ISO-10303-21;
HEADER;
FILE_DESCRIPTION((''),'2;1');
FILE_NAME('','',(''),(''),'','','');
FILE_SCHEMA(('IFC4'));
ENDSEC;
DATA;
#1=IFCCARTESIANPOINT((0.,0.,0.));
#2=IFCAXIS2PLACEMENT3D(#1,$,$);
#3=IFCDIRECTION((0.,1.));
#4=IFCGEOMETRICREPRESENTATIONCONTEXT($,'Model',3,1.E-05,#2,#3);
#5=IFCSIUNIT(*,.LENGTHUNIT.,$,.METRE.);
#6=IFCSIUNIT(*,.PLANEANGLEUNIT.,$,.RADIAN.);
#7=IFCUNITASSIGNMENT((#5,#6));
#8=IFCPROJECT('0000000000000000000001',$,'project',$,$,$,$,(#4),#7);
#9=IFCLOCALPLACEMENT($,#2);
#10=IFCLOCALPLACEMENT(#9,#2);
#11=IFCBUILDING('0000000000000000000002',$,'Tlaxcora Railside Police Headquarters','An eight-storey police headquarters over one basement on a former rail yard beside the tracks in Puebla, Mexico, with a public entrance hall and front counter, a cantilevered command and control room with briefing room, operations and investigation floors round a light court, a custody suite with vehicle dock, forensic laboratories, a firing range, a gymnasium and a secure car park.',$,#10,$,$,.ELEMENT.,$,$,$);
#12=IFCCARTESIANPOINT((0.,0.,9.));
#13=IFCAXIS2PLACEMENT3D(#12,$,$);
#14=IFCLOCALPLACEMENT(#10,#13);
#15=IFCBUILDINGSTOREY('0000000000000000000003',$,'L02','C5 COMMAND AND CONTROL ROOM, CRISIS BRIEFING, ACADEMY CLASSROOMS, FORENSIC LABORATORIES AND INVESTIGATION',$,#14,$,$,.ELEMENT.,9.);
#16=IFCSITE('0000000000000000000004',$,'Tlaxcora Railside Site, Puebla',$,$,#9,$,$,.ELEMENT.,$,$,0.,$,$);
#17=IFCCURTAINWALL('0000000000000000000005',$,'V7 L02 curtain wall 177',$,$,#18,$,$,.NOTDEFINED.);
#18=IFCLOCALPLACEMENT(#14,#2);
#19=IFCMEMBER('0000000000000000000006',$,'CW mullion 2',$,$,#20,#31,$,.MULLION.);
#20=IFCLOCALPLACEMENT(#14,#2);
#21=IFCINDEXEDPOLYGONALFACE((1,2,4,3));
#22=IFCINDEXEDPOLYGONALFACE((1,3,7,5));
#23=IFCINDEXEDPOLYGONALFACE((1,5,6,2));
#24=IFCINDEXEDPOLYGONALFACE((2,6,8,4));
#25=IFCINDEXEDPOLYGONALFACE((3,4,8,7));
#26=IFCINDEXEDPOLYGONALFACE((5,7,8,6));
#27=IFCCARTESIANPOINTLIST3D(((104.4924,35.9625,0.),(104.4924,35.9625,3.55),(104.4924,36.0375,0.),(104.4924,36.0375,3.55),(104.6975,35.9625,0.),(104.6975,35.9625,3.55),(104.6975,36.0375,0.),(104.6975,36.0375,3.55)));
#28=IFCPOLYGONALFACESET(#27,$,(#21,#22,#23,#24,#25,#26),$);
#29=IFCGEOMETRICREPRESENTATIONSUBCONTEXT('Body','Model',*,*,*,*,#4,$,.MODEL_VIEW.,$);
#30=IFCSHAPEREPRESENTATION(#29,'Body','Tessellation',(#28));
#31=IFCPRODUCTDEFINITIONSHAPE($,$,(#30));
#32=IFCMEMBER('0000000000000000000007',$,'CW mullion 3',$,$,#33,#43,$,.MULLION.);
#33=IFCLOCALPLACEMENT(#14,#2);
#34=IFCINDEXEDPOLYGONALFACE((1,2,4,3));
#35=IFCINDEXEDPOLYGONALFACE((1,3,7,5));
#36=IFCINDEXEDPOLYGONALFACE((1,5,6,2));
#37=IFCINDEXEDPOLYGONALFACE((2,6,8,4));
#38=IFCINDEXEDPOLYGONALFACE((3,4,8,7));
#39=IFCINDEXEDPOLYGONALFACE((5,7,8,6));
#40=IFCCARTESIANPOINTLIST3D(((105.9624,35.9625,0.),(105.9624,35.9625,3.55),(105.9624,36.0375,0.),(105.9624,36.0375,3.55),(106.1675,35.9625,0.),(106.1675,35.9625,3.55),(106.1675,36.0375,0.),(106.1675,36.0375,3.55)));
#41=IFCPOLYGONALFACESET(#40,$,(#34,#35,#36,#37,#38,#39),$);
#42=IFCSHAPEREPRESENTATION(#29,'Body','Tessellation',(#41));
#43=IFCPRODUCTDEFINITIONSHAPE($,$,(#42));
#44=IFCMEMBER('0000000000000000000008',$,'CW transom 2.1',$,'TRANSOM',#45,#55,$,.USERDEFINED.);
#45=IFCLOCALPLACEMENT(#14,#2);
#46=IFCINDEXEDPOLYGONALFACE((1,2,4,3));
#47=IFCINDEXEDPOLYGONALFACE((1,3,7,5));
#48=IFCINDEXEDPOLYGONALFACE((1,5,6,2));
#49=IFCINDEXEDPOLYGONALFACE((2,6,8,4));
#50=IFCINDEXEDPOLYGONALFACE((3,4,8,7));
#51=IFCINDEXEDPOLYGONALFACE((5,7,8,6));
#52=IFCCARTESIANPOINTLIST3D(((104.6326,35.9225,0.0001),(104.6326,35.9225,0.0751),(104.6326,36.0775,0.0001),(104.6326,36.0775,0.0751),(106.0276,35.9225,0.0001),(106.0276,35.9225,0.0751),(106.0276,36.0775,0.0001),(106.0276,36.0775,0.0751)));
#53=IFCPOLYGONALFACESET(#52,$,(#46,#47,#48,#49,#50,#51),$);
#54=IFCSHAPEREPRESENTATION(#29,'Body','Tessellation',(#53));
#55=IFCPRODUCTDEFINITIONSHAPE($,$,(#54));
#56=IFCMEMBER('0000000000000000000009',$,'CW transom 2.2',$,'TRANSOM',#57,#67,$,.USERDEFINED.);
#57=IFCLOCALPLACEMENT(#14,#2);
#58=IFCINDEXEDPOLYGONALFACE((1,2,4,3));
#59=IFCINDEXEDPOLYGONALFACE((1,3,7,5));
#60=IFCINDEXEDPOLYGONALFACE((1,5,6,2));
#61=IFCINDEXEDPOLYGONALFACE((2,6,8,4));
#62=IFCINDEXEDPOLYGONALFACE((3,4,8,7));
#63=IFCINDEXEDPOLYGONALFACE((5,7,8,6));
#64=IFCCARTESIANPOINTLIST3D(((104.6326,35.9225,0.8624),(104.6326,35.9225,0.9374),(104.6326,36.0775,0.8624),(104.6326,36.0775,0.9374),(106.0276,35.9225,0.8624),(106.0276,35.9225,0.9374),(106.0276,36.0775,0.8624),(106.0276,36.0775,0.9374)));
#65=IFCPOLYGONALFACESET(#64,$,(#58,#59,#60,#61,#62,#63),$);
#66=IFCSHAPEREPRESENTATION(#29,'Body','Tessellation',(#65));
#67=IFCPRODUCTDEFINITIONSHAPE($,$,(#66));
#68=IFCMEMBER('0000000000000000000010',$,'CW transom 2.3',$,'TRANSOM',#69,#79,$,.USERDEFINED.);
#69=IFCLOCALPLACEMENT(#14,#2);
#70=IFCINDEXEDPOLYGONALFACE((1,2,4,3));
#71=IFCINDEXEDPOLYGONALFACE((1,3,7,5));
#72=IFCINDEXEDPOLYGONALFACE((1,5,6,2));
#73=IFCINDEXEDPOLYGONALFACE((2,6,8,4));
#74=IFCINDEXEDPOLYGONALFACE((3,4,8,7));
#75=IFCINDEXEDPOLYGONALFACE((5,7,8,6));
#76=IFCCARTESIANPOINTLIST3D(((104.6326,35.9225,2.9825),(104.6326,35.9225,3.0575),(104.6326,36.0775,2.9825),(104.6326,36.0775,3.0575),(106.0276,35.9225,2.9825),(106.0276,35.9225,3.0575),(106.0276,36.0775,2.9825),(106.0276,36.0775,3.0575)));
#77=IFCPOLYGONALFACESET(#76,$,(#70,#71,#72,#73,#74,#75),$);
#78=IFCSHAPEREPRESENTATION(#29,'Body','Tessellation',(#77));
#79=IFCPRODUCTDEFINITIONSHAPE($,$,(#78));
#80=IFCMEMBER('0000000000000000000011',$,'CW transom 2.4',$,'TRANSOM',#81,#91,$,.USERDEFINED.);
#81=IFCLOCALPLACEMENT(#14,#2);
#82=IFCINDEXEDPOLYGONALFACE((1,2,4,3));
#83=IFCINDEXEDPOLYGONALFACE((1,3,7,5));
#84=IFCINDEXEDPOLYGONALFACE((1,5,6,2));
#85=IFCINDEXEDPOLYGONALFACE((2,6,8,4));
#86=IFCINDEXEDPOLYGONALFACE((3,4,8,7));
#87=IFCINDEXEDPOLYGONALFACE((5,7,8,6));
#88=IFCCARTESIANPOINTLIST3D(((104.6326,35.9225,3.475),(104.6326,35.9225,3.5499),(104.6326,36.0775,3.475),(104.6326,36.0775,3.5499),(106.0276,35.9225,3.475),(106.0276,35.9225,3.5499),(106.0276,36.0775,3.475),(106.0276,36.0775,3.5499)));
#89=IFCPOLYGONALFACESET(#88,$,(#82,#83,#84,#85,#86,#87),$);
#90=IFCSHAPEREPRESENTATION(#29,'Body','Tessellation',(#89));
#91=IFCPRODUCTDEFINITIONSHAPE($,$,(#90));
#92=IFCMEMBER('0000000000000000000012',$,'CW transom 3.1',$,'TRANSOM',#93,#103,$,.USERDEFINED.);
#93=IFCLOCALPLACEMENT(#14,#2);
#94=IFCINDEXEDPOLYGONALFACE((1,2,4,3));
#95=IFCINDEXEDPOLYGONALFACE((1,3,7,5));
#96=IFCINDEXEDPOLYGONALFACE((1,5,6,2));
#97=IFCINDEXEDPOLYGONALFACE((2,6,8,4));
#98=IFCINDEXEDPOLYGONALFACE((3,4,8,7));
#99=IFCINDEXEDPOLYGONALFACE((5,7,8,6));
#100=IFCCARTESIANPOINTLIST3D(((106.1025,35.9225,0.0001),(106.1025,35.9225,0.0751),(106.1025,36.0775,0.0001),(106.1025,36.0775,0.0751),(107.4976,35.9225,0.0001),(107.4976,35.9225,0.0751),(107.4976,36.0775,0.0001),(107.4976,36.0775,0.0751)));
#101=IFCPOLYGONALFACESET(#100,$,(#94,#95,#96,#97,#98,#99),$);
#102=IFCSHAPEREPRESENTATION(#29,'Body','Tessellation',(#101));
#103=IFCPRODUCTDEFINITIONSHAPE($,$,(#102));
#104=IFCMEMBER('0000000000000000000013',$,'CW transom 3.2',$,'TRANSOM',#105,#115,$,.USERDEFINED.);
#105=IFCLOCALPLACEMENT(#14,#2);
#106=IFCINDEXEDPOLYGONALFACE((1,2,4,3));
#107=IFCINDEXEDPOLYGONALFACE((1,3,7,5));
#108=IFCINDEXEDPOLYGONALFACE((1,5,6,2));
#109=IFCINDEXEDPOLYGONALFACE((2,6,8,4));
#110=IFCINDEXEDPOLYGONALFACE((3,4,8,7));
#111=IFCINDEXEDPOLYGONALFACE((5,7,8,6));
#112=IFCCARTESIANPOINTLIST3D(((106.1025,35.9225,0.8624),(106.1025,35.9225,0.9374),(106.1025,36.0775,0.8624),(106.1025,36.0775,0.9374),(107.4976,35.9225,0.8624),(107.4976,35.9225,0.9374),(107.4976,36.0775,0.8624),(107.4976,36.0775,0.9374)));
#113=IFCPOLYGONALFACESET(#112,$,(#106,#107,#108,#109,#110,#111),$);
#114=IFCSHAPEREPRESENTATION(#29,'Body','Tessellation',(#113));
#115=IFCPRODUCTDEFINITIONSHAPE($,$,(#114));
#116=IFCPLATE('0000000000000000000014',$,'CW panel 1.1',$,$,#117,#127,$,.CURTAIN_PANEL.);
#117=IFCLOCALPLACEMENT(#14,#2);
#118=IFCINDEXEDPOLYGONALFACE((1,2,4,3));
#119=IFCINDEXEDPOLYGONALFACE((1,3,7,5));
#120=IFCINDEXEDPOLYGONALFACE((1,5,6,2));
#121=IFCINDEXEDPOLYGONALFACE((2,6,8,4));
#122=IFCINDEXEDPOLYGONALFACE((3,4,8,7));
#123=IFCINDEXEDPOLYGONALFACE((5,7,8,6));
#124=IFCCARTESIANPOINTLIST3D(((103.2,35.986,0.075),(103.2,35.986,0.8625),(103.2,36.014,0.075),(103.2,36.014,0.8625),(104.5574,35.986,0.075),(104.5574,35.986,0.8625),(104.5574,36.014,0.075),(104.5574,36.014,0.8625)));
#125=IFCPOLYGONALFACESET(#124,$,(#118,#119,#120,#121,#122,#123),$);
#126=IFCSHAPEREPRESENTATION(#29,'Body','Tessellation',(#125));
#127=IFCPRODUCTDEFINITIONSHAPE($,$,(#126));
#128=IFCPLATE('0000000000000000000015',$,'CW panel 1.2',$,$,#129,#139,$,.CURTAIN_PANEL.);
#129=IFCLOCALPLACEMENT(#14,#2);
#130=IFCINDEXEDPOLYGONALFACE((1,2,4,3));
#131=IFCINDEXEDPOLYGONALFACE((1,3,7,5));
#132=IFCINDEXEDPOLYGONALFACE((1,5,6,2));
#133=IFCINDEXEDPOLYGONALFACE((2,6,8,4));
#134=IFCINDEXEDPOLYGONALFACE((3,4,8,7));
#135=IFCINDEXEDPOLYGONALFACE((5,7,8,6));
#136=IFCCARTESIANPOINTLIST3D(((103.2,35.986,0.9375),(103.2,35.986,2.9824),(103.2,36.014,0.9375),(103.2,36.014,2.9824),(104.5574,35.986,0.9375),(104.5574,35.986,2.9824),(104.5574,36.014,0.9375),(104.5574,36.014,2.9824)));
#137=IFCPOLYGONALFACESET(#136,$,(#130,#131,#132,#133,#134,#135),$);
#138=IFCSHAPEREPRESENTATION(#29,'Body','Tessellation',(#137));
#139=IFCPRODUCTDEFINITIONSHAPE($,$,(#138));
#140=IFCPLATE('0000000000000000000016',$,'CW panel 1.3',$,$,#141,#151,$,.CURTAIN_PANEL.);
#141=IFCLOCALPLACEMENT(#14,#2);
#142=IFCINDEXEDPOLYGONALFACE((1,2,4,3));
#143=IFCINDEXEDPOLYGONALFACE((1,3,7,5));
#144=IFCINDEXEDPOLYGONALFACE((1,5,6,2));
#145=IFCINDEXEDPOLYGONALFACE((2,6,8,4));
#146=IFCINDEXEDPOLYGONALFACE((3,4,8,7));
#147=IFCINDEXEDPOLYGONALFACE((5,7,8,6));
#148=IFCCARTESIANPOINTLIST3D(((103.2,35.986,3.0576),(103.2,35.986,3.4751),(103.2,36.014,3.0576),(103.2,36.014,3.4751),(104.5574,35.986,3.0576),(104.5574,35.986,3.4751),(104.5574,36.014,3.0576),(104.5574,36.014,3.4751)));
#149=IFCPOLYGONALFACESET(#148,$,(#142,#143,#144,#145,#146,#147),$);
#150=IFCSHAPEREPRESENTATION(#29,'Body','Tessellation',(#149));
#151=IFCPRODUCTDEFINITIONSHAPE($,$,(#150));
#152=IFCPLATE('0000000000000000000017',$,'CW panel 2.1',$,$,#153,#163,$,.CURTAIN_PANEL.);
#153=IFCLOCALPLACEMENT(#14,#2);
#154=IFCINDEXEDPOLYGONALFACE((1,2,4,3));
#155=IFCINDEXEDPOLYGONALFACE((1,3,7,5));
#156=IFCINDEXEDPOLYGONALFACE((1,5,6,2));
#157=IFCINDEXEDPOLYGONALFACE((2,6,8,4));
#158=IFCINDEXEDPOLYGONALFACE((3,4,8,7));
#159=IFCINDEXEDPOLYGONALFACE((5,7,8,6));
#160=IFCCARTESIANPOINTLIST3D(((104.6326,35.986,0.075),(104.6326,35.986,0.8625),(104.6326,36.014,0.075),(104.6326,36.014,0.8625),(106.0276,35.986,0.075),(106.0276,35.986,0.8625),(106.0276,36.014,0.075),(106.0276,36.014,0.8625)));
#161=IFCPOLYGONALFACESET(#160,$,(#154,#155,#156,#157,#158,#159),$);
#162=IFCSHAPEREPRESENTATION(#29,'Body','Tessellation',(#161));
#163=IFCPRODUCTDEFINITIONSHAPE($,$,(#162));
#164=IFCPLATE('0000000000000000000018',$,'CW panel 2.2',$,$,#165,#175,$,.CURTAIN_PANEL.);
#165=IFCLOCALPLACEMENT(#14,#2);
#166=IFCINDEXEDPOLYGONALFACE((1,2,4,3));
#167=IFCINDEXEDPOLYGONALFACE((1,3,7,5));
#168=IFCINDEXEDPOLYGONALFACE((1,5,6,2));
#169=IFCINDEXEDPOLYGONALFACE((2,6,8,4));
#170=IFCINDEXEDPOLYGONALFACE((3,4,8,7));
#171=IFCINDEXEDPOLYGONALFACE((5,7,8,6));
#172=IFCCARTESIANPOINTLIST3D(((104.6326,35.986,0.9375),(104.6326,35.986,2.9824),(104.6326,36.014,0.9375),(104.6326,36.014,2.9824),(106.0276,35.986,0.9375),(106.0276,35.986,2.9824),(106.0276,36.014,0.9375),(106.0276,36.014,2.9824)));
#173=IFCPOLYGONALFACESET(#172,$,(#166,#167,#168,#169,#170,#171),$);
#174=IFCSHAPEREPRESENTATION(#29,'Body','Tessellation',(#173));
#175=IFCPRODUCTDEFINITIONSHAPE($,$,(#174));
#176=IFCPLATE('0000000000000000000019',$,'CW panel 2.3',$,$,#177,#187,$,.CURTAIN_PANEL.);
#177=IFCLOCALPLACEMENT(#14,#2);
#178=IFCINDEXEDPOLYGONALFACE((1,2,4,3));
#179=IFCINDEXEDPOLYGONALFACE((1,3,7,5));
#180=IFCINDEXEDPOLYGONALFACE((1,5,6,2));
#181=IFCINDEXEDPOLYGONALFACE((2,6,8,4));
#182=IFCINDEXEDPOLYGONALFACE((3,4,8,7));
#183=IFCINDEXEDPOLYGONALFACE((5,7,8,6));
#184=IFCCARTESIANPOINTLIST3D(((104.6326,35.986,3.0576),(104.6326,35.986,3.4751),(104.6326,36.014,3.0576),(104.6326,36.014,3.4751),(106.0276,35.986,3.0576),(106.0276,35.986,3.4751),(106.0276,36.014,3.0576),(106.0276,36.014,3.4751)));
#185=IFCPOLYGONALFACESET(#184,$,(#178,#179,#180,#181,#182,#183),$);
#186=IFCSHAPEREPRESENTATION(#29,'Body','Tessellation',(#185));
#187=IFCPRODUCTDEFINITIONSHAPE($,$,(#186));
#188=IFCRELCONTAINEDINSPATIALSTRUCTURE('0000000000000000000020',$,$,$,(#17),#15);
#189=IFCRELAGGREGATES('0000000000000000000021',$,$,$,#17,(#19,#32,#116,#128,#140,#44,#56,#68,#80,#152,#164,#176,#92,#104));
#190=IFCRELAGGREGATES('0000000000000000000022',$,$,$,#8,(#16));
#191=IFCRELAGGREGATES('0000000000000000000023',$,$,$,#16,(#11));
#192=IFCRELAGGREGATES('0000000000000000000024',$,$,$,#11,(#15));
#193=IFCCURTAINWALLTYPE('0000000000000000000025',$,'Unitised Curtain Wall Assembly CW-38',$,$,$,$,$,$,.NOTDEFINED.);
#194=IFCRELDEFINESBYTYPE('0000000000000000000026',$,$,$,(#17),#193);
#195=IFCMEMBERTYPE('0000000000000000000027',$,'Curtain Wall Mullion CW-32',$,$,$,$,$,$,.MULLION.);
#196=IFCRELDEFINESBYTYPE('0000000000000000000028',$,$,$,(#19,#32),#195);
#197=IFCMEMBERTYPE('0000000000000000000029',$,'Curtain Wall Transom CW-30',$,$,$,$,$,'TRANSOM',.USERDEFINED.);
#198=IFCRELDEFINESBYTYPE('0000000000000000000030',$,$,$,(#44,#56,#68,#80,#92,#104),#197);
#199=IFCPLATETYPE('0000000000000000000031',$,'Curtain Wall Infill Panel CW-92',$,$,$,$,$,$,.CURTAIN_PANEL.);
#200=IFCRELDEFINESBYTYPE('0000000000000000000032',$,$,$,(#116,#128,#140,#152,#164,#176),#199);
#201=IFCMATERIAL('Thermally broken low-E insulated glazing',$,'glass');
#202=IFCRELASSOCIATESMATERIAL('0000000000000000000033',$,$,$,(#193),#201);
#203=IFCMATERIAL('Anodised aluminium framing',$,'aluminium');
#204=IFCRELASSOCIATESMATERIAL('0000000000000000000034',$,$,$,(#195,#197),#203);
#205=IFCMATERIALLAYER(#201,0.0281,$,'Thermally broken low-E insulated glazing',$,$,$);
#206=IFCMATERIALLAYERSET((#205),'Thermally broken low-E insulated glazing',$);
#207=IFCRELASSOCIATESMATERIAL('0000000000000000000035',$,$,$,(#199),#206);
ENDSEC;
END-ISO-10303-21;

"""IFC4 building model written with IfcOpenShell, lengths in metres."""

from ifc_helpers import new_model, si_unit, direction, frame, origin, origin_2d, place, context, subcontext, project, spatial, rectangle, extrude, material, layer, layer_set, material_profile, profile_set, type_object, element, aggregate, save


model = new_model("IFC4")

# Units and contexts
model_context = context("Model", 3, precision=1e-05, world=origin(), true_north=direction((0.0, 1.0)))
body_context = subcontext(model_context, "Body", "Model", "MODEL_VIEW")
ifc_project = project(units=[si_unit("LENGTHUNIT", "METRE"), si_unit("PLANEANGLEUNIT", "RADIAN")], contexts=[model_context])

# Site, building, storey
site_placement = place(None, origin())
site = spatial("IfcSite", under=ifc_project, at=site_placement, Name="Tlaxcora Railside Site, Puebla", CompositionType="ELEMENT", RefElevation=0.0)
building_placement = place(site_placement, origin())
building = spatial("IfcBuilding", under=site, at=building_placement, Name="Tlaxcora Railside Police Headquarters", Description="An eight-storey police headquarters over one basement on a former rail yard beside the tracks in Puebla, Mexico, with a public entrance hall and front counter, a cantilevered command and control room with briefing room, operations and investigation floors round a light court, a custody suite with vehicle dock, forensic laboratories, a firing range, a gymnasium and a secure car park.", CompositionType="ELEMENT")
storey_placement = place(building_placement, frame((0.0, 0.0, 9.0)))
storey = spatial("IfcBuildingStorey", under=building, at=storey_placement, Name="L02", Description="C5 COMMAND AND CONTROL ROOM, CRISIS BRIEFING, ACADEMY CLASSROOMS, FORENSIC LABORATORIES AND INVESTIGATION", CompositionType="ELEMENT", Elevation=9.0)

# Curtain wall, members, plates
ifc_material_1 = material(Name="Thermally broken low-E insulated glazing", Category="glass")
curtain_wall_type = type_object("IfcCurtainWallType", Name="Unitised Curtain Wall Assembly CW-38", PredefinedType="NOTDEFINED", material=ifc_material_1)
curtain_wall_placement = place(storey_placement, origin())
curtain_wall = element("IfcCurtainWall", 1, at=curtain_wall_placement, inside=storey, type_object=curtain_wall_type, Name="V7 L02 curtain wall 177", PredefinedType="NOTDEFINED")
ifc_material_2 = material(Name="Anodised aluminium framing", Category="aluminium")
ifc_material_profile_1 = material_profile(ifc_material_2, rectangle(XDim=0.075, YDim=0.2051, at=origin_2d()), Name="AL75X205")
ifc_profile_set_1 = profile_set([ifc_material_profile_1], Name="Anodised aluminium framing")
member_type_1 = type_object("IfcMemberType", Name="Curtain Wall Mullion CW-32", PredefinedType="MULLION", material=ifc_profile_set_1)
member_1_placement = place(storey_placement, frame((104.595, 36.0, 0.0), z_axis=(0.0, 0.0, 1.0), x_axis=(0.0, 1.0, 0.0)))
member_1 = element("IfcMember", 2, at=member_1_placement, type_object=member_type_1, Name="CW mullion 2", PredefinedType="MULLION", context=body_context, shape_type="SweptSolid", body=[
    extrude(rectangle(XDim=0.075, YDim=0.2051, at=origin_2d()), origin(), (0.0, 0.0, 1.0), 3.55),
])
member_2_placement = place(storey_placement, frame((106.0649, 36.0, 0.0), z_axis=(0.0, 0.0, 1.0), x_axis=(0.0, 1.0, 0.0)))
member_2 = element("IfcMember", 3, at=member_2_placement, type_object=member_type_1, Name="CW mullion 3", PredefinedType="MULLION", context=body_context, shape_type="SweptSolid", body=[
    extrude(rectangle(XDim=0.075, YDim=0.2051, at=origin_2d()), origin(), (0.0, 0.0, 1.0), 3.55),
])
ifc_material_profile_2 = material_profile(ifc_material_2, rectangle(XDim=0.155, YDim=0.075, at=origin_2d()), Name="AL75X155")
ifc_profile_set_2 = profile_set([ifc_material_profile_2], Name="Anodised aluminium framing")
member_type_2 = type_object("IfcMemberType", Name="Curtain Wall Transom CW-30", ElementType="TRANSOM", PredefinedType="USERDEFINED", material=ifc_profile_set_2)
member_3_placement = place(storey_placement, frame((104.6326, 36.0, 0.0376), z_axis=(1.0, 0.0, 0.0), x_axis=(0.0, 1.0, 0.0)))
member_3 = element("IfcMember", 4, at=member_3_placement, type_object=member_type_2, Name="CW transom 2.1", ObjectType="TRANSOM", PredefinedType="USERDEFINED", context=body_context, shape_type="SweptSolid", body=[
    extrude(rectangle(XDim=0.155, YDim=0.075, at=origin_2d()), origin(), (0.0, 0.0, 1.0), 1.395),
])
member_4_placement = place(storey_placement, frame((104.6326, 36.0, 0.8999), z_axis=(1.0, 0.0, 0.0), x_axis=(0.0, 1.0, 0.0)))
member_4 = element("IfcMember", 5, at=member_4_placement, type_object=member_type_2, Name="CW transom 2.2", ObjectType="TRANSOM", PredefinedType="USERDEFINED", context=body_context, shape_type="SweptSolid", body=[
    extrude(rectangle(XDim=0.155, YDim=0.075, at=origin_2d()), origin(), (0.0, 0.0, 1.0), 1.395),
])
member_5_placement = place(storey_placement, frame((104.6326, 36.0, 3.02), z_axis=(1.0, 0.0, 0.0), x_axis=(0.0, 1.0, 0.0)))
member_5 = element("IfcMember", 6, at=member_5_placement, type_object=member_type_2, Name="CW transom 2.3", ObjectType="TRANSOM", PredefinedType="USERDEFINED", context=body_context, shape_type="SweptSolid", body=[
    extrude(rectangle(XDim=0.155, YDim=0.075, at=origin_2d()), origin(), (0.0, 0.0, 1.0), 1.395),
])
member_6_placement = place(storey_placement, frame((104.6326, 36.0, 3.5125), z_axis=(1.0, 0.0, 0.0), x_axis=(0.0, 1.0, 0.0)))
member_6 = element("IfcMember", 7, at=member_6_placement, type_object=member_type_2, Name="CW transom 2.4", ObjectType="TRANSOM", PredefinedType="USERDEFINED", context=body_context, shape_type="SweptSolid", body=[
    extrude(rectangle(XDim=0.155, YDim=0.075, at=origin_2d()), origin(), (0.0, 0.0, 1.0), 1.395),
])
member_7_placement = place(storey_placement, frame((106.1025, 36.0, 0.0376), z_axis=(1.0, 0.0, 0.0), x_axis=(0.0, 1.0, 0.0)))
member_7 = element("IfcMember", 8, at=member_7_placement, type_object=member_type_2, Name="CW transom 3.1", ObjectType="TRANSOM", PredefinedType="USERDEFINED", context=body_context, shape_type="SweptSolid", body=[
    extrude(rectangle(XDim=0.155, YDim=0.075, at=origin_2d()), origin(), (0.0, 0.0, 1.0), 1.395),
])
member_8_placement = place(storey_placement, frame((106.1025, 36.0, 0.8999), z_axis=(1.0, 0.0, 0.0), x_axis=(0.0, 1.0, 0.0)))
member_8 = element("IfcMember", 9, at=member_8_placement, type_object=member_type_2, Name="CW transom 3.2", ObjectType="TRANSOM", PredefinedType="USERDEFINED", context=body_context, shape_type="SweptSolid", body=[
    extrude(rectangle(XDim=0.155, YDim=0.075, at=origin_2d()), origin(), (0.0, 0.0, 1.0), 1.395),
])
ifc_layer_1 = layer(ifc_material_1, 0.0281, Name="Thermally broken low-E insulated glazing")
ifc_layer_set_1 = layer_set([ifc_layer_1], Name="Thermally broken low-E insulated glazing")
plate_type = type_object("IfcPlateType", Name="Curtain Wall Infill Panel CW-92", PredefinedType="CURTAIN_PANEL", material=ifc_layer_set_1)
plate_1_placement = place(storey_placement, frame((103.8787, 36.0, 0.075), z_axis=(0.0, 0.0, 1.0), x_axis=(1.0, 0.0, 0.0)))
plate_1 = element("IfcPlate", 10, at=plate_1_placement, type_object=plate_type, Name="CW panel 1.1", PredefinedType="CURTAIN_PANEL", context=body_context, shape_type="SweptSolid", body=[
    extrude(rectangle(XDim=1.3574, YDim=0.0281, at=origin_2d()), origin(), (0.0, 0.0, 1.0), 0.7876),
])
plate_2_placement = place(storey_placement, frame((103.8787, 36.0, 0.9375), z_axis=(0.0, 0.0, 1.0), x_axis=(1.0, 0.0, 0.0)))
plate_2 = element("IfcPlate", 11, at=plate_2_placement, type_object=plate_type, Name="CW panel 1.2", PredefinedType="CURTAIN_PANEL", context=body_context, shape_type="SweptSolid", body=[
    extrude(rectangle(XDim=1.3574, YDim=0.0281, at=origin_2d()), origin(), (0.0, 0.0, 1.0), 2.0449),
])
plate_3_placement = place(storey_placement, frame((103.8787, 36.0, 3.0576), z_axis=(0.0, 0.0, 1.0), x_axis=(1.0, 0.0, 0.0)))
plate_3 = element("IfcPlate", 12, at=plate_3_placement, type_object=plate_type, Name="CW panel 1.3", PredefinedType="CURTAIN_PANEL", context=body_context, shape_type="SweptSolid", body=[
    extrude(rectangle(XDim=1.3574, YDim=0.0281, at=origin_2d()), origin(), (0.0, 0.0, 1.0), 0.4175),
])
plate_4_placement = place(storey_placement, frame((105.3301, 36.0, 0.075), z_axis=(0.0, 0.0, 1.0), x_axis=(1.0, 0.0, 0.0)))
plate_4 = element("IfcPlate", 13, at=plate_4_placement, type_object=plate_type, Name="CW panel 2.1", PredefinedType="CURTAIN_PANEL", context=body_context, shape_type="SweptSolid", body=[
    extrude(rectangle(XDim=1.395, YDim=0.0281, at=origin_2d()), origin(), (0.0, 0.0, 1.0), 0.7876),
])
plate_5_placement = place(storey_placement, frame((105.3301, 36.0, 0.9375), z_axis=(0.0, 0.0, 1.0), x_axis=(1.0, 0.0, 0.0)))
plate_5 = element("IfcPlate", 14, at=plate_5_placement, type_object=plate_type, Name="CW panel 2.2", PredefinedType="CURTAIN_PANEL", context=body_context, shape_type="SweptSolid", body=[
    extrude(rectangle(XDim=1.395, YDim=0.0281, at=origin_2d()), origin(), (0.0, 0.0, 1.0), 2.0449),
])
plate_6_placement = place(storey_placement, frame((105.3301, 36.0, 3.0576), z_axis=(0.0, 0.0, 1.0), x_axis=(1.0, 0.0, 0.0)))
plate_6 = element("IfcPlate", 15, at=plate_6_placement, type_object=plate_type, Name="CW panel 2.3", PredefinedType="CURTAIN_PANEL", context=body_context, shape_type="SweptSolid", body=[
    extrude(rectangle(XDim=1.395, YDim=0.0281, at=origin_2d()), origin(), (0.0, 0.0, 1.0), 0.4175),
])
aggregate(curtain_wall, [member_1, member_2, plate_1, plate_2, plate_3, member_3, member_4, member_5, member_6, plate_4, plate_5, plate_6, member_7, member_8])

save(model, "model.ifc")
